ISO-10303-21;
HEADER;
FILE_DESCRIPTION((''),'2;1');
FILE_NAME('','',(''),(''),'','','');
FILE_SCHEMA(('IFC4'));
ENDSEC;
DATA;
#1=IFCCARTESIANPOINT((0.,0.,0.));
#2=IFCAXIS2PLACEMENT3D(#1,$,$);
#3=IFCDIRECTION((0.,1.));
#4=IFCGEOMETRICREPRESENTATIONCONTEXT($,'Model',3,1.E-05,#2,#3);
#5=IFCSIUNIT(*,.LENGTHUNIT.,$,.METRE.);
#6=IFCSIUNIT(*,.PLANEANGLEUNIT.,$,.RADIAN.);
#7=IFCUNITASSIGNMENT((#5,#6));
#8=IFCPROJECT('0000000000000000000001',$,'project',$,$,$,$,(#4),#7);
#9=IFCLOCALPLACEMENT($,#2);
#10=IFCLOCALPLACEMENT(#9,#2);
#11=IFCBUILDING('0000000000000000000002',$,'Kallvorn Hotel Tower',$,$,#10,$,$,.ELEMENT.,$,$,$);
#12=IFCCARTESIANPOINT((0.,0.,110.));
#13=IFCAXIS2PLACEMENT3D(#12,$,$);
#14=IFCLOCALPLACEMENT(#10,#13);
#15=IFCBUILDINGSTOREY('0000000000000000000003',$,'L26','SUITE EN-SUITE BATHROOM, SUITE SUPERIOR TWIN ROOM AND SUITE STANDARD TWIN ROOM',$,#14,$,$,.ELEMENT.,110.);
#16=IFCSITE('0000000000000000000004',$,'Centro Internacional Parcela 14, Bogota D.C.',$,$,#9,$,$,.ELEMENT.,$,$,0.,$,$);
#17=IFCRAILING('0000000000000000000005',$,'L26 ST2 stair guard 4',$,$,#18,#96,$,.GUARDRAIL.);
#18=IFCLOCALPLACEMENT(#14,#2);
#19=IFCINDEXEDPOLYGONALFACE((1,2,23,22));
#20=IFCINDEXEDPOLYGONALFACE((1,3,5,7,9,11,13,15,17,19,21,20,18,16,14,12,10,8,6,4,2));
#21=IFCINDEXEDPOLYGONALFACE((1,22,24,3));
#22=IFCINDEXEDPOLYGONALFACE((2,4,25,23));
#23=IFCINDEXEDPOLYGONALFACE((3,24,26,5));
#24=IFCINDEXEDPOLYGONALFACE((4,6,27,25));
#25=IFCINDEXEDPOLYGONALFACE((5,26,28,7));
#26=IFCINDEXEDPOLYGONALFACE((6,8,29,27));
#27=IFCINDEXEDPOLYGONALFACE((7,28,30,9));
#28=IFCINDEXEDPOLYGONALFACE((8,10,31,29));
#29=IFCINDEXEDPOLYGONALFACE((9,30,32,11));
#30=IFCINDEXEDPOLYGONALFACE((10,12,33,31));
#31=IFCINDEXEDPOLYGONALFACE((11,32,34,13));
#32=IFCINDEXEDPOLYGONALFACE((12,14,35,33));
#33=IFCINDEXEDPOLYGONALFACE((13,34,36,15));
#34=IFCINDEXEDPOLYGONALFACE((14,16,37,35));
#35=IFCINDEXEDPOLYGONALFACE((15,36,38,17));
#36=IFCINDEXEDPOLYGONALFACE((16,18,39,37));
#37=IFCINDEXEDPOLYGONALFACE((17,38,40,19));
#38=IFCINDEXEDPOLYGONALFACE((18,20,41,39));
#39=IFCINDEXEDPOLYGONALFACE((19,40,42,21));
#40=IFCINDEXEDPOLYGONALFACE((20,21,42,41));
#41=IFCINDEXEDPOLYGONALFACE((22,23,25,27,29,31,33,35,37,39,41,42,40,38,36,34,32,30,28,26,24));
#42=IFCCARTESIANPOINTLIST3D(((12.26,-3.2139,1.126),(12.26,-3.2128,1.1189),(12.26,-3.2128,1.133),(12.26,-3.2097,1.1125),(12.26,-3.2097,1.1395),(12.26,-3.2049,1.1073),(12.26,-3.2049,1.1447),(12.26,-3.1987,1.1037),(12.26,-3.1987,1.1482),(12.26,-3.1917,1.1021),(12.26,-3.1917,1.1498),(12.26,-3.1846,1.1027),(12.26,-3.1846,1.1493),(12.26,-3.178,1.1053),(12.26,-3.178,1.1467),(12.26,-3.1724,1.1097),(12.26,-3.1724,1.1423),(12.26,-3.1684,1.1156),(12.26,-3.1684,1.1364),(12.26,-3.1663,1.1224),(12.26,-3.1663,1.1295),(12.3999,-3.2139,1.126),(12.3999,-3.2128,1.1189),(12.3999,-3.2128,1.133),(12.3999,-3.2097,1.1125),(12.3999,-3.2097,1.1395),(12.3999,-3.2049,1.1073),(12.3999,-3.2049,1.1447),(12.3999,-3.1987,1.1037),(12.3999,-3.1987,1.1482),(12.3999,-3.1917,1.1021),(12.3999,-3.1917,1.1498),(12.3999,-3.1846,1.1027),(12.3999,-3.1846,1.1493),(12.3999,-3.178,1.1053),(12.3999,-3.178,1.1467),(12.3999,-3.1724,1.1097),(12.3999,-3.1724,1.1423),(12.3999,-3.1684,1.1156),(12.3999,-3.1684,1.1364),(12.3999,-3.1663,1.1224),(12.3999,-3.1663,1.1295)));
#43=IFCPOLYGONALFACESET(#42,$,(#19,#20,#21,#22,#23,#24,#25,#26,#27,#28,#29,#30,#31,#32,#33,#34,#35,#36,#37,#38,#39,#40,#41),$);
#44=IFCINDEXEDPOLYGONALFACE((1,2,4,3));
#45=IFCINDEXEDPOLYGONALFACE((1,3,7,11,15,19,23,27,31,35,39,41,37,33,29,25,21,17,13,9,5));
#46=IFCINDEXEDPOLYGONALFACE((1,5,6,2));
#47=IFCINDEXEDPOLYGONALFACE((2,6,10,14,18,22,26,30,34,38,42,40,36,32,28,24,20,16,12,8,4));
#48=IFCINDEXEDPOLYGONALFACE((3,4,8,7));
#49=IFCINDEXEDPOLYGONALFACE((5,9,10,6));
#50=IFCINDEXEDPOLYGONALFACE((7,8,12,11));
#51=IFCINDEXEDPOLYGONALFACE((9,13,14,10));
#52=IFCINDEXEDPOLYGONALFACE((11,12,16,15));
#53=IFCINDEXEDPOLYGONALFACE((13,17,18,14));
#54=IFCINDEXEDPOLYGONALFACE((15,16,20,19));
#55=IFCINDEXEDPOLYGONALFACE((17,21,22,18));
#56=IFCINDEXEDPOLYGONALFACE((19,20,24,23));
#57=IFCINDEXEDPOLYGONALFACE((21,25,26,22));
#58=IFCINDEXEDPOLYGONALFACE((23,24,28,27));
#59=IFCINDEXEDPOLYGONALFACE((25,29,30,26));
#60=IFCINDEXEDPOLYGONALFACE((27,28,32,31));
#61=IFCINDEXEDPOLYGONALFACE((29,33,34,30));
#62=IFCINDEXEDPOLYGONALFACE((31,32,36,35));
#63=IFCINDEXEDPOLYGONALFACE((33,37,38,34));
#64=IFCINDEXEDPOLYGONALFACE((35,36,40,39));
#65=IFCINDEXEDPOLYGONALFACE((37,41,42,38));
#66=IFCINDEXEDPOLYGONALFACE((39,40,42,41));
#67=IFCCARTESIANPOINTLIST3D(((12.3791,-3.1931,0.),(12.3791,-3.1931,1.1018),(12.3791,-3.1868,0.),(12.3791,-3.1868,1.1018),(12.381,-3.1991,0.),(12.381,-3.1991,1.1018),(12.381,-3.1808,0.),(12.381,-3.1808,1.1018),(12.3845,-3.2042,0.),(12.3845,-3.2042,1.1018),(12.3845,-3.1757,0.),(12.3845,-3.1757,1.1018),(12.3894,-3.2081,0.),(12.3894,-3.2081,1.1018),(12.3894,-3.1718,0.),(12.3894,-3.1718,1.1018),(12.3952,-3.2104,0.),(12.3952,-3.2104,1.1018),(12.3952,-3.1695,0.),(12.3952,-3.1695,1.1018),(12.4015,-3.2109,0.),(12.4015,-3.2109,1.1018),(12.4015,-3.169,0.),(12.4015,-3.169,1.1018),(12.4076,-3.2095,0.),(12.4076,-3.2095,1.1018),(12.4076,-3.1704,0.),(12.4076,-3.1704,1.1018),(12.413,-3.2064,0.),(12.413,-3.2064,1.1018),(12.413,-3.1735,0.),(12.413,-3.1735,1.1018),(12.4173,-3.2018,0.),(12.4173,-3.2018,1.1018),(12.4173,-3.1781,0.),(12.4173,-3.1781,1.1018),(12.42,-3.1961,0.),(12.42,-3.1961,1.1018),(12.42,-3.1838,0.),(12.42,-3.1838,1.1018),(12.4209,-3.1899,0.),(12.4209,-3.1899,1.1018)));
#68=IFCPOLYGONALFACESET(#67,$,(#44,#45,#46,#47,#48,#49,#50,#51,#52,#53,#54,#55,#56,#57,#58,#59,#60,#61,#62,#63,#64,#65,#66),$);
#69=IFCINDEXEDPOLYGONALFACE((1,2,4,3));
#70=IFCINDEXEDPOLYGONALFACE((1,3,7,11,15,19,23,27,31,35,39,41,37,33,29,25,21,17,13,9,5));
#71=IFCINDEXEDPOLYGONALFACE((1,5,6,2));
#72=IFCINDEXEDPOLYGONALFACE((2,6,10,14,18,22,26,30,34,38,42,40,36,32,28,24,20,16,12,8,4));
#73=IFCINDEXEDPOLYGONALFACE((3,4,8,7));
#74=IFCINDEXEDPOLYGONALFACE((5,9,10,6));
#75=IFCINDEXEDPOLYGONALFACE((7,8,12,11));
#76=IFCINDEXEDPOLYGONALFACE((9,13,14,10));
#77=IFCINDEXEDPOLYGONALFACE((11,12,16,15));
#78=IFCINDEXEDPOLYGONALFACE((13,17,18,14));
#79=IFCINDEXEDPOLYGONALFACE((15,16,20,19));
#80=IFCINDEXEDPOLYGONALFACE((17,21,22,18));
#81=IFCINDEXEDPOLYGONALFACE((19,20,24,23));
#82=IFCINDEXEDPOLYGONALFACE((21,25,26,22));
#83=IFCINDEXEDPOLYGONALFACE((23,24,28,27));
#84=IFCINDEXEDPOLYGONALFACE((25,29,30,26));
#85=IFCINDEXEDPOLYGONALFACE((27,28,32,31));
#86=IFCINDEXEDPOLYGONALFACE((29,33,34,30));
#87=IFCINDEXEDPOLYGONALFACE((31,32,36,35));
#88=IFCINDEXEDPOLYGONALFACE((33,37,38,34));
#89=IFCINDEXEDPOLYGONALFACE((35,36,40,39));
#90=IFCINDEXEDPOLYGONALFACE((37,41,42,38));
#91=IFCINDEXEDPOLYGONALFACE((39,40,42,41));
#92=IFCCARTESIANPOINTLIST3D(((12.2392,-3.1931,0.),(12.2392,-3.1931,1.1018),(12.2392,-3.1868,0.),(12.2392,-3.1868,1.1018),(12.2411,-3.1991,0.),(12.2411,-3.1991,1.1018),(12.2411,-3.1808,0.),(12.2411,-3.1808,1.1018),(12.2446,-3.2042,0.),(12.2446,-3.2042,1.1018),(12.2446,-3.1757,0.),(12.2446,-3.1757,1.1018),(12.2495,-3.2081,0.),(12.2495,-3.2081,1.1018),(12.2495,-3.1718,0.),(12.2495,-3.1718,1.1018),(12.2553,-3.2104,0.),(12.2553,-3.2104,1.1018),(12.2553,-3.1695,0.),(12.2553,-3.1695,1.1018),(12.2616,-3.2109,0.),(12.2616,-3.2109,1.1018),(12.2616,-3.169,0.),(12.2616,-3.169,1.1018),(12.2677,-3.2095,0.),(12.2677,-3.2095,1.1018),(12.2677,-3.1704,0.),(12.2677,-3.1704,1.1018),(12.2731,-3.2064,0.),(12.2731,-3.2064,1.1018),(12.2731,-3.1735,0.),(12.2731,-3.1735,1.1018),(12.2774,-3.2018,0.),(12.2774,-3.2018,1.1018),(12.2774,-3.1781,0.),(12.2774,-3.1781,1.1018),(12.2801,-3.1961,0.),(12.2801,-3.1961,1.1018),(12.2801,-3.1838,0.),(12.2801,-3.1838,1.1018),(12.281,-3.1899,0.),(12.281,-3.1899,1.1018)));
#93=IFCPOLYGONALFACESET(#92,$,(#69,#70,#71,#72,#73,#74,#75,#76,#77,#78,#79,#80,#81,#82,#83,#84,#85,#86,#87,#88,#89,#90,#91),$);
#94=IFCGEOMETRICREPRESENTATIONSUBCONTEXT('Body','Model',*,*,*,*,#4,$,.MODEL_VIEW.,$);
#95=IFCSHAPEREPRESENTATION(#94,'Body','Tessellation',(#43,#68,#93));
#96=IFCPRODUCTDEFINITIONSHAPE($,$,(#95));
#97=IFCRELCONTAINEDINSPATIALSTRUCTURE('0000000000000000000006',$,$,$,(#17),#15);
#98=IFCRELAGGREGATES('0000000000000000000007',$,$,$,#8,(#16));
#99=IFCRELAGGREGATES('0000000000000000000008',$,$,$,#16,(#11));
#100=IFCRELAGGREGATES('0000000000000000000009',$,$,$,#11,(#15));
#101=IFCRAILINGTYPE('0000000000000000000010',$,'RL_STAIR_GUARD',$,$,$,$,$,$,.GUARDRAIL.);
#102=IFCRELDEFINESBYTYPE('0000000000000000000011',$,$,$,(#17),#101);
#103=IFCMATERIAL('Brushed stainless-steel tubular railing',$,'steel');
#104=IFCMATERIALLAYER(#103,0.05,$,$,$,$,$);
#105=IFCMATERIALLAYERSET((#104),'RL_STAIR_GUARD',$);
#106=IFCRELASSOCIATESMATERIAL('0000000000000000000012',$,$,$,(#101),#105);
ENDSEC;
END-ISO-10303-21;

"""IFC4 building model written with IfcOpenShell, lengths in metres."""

from ifc_helpers import new_model, si_unit, direction, frame, origin, origin_2d, place, context, subcontext, project, spatial, circle, extrude, material, layer, layer_set, type_object, element, save


model = new_model("IFC4")

# Units and contexts
model_context = context("Model", 3, precision=1e-05, world=origin(), true_north=direction((0.0, 1.0)))
body_context = subcontext(model_context, "Body", "Model", "MODEL_VIEW")
ifc_project = project(units=[si_unit("LENGTHUNIT", "METRE"), si_unit("PLANEANGLEUNIT", "RADIAN")], contexts=[model_context])

# Site, building, storey
site_placement = place(None, origin())
site = spatial("IfcSite", under=ifc_project, at=site_placement, Name="Centro Internacional Parcela 14, Bogota D.C.", CompositionType="ELEMENT", RefElevation=0.0)
building_placement = place(site_placement, origin())
building = spatial("IfcBuilding", under=site, at=building_placement, Name="Kallvorn Hotel Tower", CompositionType="ELEMENT")
storey_placement = place(building_placement, frame((0.0, 0.0, 110.0)))
storey = spatial("IfcBuildingStorey", under=building, at=storey_placement, Name="L26", Description="SUITE EN-SUITE BATHROOM, SUITE SUPERIOR TWIN ROOM AND SUITE STANDARD TWIN ROOM", CompositionType="ELEMENT", Elevation=110.0)

# Railing
ifc_material_1 = material(Name="Brushed stainless-steel tubular railing", Category="steel")
ifc_layer_1 = layer(ifc_material_1, 0.05)
ifc_layer_set_1 = layer_set([ifc_layer_1], Name="RL_STAIR_GUARD")
railing_type_1 = type_object("IfcRailingType", Name="RL_STAIR_GUARD", PredefinedType="GUARDRAIL", material=ifc_layer_set_1)
railing_1_placement = place(storey_placement, frame((12.3999, -3.1899, 0.0)))
element("IfcRailing", 1, at=railing_1_placement, inside=storey, type_object=railing_type_1, Name="L26 ST2 stair guard 4", PredefinedType="GUARDRAIL", context=body_context, shape_type="SweptSolid", body=[
    extrude(circle(Radius=0.0239, at=origin_2d()), frame((0.0, 0.0, 1.126), z_axis=(-1.0, 0.0, 0.0), x_axis=(0.0, -1.0, 0.0)), (0.0, 0.0, 1.0), 0.1399),
    extrude(circle(Radius=0.021, at=origin_2d()), origin(), (0.0, 0.0, 1.0), 1.1018),
    extrude(circle(Radius=0.021, at=origin_2d()), frame((-0.1399, 0.0, 0.0)), (0.0, 0.0, 1.0), 1.1018),
])

save(model, "model.ifc")
